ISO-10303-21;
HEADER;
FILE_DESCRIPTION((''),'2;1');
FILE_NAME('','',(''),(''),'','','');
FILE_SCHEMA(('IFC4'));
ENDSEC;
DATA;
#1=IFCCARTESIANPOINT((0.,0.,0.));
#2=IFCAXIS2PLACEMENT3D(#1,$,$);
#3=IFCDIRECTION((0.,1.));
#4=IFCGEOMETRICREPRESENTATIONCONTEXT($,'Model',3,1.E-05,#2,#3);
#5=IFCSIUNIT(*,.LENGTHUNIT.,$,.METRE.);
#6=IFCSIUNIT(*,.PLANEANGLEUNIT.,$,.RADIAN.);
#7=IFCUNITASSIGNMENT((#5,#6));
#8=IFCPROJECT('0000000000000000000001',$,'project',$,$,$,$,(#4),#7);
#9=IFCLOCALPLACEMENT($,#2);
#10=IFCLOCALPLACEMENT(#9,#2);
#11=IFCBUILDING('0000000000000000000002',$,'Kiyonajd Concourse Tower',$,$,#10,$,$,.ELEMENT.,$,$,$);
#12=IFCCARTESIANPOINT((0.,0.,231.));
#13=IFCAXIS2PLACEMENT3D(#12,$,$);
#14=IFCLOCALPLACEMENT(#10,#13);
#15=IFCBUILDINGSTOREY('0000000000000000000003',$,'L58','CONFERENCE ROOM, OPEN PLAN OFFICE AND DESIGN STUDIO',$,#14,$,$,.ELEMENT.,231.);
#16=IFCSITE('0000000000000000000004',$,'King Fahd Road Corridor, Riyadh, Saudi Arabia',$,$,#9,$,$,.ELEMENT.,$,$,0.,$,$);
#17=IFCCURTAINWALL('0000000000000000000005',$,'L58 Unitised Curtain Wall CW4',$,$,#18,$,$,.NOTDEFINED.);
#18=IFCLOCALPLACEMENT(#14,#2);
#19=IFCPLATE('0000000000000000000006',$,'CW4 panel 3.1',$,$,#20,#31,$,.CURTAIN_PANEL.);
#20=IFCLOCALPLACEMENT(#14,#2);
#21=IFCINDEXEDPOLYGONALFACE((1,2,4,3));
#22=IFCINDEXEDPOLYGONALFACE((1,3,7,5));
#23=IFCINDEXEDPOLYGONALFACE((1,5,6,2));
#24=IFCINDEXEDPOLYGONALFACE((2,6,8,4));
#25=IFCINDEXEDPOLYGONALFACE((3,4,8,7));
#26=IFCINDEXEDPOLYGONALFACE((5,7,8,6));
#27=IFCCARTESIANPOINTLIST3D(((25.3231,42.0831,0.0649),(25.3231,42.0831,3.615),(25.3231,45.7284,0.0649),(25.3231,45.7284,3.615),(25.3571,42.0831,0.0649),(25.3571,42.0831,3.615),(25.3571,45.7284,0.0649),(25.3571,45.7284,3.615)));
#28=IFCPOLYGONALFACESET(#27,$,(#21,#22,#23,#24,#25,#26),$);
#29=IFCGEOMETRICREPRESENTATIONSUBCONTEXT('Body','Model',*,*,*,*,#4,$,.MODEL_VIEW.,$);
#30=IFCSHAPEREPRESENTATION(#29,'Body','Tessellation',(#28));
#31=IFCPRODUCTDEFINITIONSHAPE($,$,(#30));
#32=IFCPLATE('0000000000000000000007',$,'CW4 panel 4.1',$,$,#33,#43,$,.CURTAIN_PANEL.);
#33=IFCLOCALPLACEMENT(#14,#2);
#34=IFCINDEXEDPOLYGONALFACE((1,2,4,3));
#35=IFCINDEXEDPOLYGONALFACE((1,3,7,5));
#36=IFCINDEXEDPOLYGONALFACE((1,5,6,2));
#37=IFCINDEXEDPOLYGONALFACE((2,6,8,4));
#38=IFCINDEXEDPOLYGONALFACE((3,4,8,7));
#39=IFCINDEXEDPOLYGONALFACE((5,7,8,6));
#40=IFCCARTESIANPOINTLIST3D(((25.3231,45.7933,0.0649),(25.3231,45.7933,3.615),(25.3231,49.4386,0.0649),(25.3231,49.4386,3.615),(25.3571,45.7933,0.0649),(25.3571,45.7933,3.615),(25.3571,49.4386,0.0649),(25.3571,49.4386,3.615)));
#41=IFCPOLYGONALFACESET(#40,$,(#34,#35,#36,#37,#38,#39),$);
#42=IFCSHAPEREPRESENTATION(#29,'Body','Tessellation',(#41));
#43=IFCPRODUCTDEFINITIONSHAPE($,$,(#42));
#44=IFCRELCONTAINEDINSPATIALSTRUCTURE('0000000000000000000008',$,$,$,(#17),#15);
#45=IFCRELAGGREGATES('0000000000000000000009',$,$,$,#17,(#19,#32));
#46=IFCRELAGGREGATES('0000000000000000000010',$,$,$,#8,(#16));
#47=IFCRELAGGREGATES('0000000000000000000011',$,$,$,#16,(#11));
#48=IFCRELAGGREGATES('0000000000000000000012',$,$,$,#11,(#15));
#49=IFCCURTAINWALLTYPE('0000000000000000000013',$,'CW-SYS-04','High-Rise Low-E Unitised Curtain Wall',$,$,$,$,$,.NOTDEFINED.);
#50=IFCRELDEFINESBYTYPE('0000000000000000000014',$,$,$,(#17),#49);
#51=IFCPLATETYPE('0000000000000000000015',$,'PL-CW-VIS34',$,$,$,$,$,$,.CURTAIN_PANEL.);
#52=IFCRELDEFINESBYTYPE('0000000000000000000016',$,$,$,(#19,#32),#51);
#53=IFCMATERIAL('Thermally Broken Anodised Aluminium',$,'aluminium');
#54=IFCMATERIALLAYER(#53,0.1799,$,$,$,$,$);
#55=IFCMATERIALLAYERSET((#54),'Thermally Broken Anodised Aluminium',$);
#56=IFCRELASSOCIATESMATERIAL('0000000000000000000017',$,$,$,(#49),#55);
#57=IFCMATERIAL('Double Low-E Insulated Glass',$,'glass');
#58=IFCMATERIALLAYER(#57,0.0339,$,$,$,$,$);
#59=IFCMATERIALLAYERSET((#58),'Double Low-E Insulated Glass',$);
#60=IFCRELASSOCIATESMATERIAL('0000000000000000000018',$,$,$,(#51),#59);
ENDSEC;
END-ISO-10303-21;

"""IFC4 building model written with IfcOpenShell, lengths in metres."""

from ifc_helpers import new_model, si_unit, direction, frame, origin, origin_2d, place, context, subcontext, project, spatial, rectangle, extrude, material, layer, layer_set, type_object, element, aggregate, save


model = new_model("IFC4")

# Units and contexts
model_context = context("Model", 3, precision=1e-05, world=origin(), true_north=direction((0.0, 1.0)))
body_context = subcontext(model_context, "Body", "Model", "MODEL_VIEW")
ifc_project = project(units=[si_unit("LENGTHUNIT", "METRE"), si_unit("PLANEANGLEUNIT", "RADIAN")], contexts=[model_context])

# Site, building, storey
site_placement = place(None, origin())
site = spatial("IfcSite", under=ifc_project, at=site_placement, Name="King Fahd Road Corridor, Riyadh, Saudi Arabia", CompositionType="ELEMENT", RefElevation=0.0)
building_placement = place(site_placement, origin())
building = spatial("IfcBuilding", under=site, at=building_placement, Name="Kiyonajd Concourse Tower", CompositionType="ELEMENT")
storey_placement = place(building_placement, frame((0.0, 0.0, 231.0)))
storey = spatial("IfcBuildingStorey", under=building, at=storey_placement, Name="L58", Description="CONFERENCE ROOM, OPEN PLAN OFFICE AND DESIGN STUDIO", CompositionType="ELEMENT", Elevation=231.0)

# Curtain wall, plates
ifc_material_1 = material(Name="Thermally Broken Anodised Aluminium", Category="aluminium")
ifc_layer_1 = layer(ifc_material_1, 0.1799)
ifc_layer_set_1 = layer_set([ifc_layer_1], Name="Thermally Broken Anodised Aluminium")
curtain_wall_type = type_object("IfcCurtainWallType", Name="CW-SYS-04", Description="High-Rise Low-E Unitised Curtain Wall", PredefinedType="NOTDEFINED", material=ifc_layer_set_1)
curtain_wall_placement = place(storey_placement, origin())
curtain_wall = element("IfcCurtainWall", 1, at=curtain_wall_placement, inside=storey, type_object=curtain_wall_type, Name="L58 Unitised Curtain Wall CW4", PredefinedType="NOTDEFINED")
ifc_material_2 = material(Name="Double Low-E Insulated Glass", Category="glass")
ifc_layer_2 = layer(ifc_material_2, 0.0339)
ifc_layer_set_2 = layer_set([ifc_layer_2], Name="Double Low-E Insulated Glass")
plate_type = type_object("IfcPlateType", Name="PL-CW-VIS34", PredefinedType="CURTAIN_PANEL", material=ifc_layer_set_2)
plate_1_placement = place(storey_placement, frame((25.3401, 43.9058, 0.0649), z_axis=(0.0, 0.0, 1.0), x_axis=(0.0, 1.0, 0.0)))
plate_1 = element("IfcPlate", 2, at=plate_1_placement, type_object=plate_type, Name="CW4 panel 3.1", PredefinedType="CURTAIN_PANEL", context=body_context, shape_type="SweptSolid", body=[
    extrude(rectangle(XDim=3.6453, YDim=0.0339, at=origin_2d()), origin(), (0.0, 0.0, 1.0), 3.55),
])
plate_2_placement = place(storey_placement, frame((25.3401, 47.616, 0.0649), z_axis=(0.0, 0.0, 1.0), x_axis=(0.0, 1.0, 0.0)))
plate_2 = element("IfcPlate", 3, at=plate_2_placement, type_object=plate_type, Name="CW4 panel 4.1", PredefinedType="CURTAIN_PANEL", context=body_context, shape_type="SweptSolid", body=[
    extrude(rectangle(XDim=3.6453, YDim=0.0339, at=origin_2d()), origin(), (0.0, 0.0, 1.0), 3.55),
])
aggregate(curtain_wall, [plate_1, plate_2])

save(model, "model.ifc")
